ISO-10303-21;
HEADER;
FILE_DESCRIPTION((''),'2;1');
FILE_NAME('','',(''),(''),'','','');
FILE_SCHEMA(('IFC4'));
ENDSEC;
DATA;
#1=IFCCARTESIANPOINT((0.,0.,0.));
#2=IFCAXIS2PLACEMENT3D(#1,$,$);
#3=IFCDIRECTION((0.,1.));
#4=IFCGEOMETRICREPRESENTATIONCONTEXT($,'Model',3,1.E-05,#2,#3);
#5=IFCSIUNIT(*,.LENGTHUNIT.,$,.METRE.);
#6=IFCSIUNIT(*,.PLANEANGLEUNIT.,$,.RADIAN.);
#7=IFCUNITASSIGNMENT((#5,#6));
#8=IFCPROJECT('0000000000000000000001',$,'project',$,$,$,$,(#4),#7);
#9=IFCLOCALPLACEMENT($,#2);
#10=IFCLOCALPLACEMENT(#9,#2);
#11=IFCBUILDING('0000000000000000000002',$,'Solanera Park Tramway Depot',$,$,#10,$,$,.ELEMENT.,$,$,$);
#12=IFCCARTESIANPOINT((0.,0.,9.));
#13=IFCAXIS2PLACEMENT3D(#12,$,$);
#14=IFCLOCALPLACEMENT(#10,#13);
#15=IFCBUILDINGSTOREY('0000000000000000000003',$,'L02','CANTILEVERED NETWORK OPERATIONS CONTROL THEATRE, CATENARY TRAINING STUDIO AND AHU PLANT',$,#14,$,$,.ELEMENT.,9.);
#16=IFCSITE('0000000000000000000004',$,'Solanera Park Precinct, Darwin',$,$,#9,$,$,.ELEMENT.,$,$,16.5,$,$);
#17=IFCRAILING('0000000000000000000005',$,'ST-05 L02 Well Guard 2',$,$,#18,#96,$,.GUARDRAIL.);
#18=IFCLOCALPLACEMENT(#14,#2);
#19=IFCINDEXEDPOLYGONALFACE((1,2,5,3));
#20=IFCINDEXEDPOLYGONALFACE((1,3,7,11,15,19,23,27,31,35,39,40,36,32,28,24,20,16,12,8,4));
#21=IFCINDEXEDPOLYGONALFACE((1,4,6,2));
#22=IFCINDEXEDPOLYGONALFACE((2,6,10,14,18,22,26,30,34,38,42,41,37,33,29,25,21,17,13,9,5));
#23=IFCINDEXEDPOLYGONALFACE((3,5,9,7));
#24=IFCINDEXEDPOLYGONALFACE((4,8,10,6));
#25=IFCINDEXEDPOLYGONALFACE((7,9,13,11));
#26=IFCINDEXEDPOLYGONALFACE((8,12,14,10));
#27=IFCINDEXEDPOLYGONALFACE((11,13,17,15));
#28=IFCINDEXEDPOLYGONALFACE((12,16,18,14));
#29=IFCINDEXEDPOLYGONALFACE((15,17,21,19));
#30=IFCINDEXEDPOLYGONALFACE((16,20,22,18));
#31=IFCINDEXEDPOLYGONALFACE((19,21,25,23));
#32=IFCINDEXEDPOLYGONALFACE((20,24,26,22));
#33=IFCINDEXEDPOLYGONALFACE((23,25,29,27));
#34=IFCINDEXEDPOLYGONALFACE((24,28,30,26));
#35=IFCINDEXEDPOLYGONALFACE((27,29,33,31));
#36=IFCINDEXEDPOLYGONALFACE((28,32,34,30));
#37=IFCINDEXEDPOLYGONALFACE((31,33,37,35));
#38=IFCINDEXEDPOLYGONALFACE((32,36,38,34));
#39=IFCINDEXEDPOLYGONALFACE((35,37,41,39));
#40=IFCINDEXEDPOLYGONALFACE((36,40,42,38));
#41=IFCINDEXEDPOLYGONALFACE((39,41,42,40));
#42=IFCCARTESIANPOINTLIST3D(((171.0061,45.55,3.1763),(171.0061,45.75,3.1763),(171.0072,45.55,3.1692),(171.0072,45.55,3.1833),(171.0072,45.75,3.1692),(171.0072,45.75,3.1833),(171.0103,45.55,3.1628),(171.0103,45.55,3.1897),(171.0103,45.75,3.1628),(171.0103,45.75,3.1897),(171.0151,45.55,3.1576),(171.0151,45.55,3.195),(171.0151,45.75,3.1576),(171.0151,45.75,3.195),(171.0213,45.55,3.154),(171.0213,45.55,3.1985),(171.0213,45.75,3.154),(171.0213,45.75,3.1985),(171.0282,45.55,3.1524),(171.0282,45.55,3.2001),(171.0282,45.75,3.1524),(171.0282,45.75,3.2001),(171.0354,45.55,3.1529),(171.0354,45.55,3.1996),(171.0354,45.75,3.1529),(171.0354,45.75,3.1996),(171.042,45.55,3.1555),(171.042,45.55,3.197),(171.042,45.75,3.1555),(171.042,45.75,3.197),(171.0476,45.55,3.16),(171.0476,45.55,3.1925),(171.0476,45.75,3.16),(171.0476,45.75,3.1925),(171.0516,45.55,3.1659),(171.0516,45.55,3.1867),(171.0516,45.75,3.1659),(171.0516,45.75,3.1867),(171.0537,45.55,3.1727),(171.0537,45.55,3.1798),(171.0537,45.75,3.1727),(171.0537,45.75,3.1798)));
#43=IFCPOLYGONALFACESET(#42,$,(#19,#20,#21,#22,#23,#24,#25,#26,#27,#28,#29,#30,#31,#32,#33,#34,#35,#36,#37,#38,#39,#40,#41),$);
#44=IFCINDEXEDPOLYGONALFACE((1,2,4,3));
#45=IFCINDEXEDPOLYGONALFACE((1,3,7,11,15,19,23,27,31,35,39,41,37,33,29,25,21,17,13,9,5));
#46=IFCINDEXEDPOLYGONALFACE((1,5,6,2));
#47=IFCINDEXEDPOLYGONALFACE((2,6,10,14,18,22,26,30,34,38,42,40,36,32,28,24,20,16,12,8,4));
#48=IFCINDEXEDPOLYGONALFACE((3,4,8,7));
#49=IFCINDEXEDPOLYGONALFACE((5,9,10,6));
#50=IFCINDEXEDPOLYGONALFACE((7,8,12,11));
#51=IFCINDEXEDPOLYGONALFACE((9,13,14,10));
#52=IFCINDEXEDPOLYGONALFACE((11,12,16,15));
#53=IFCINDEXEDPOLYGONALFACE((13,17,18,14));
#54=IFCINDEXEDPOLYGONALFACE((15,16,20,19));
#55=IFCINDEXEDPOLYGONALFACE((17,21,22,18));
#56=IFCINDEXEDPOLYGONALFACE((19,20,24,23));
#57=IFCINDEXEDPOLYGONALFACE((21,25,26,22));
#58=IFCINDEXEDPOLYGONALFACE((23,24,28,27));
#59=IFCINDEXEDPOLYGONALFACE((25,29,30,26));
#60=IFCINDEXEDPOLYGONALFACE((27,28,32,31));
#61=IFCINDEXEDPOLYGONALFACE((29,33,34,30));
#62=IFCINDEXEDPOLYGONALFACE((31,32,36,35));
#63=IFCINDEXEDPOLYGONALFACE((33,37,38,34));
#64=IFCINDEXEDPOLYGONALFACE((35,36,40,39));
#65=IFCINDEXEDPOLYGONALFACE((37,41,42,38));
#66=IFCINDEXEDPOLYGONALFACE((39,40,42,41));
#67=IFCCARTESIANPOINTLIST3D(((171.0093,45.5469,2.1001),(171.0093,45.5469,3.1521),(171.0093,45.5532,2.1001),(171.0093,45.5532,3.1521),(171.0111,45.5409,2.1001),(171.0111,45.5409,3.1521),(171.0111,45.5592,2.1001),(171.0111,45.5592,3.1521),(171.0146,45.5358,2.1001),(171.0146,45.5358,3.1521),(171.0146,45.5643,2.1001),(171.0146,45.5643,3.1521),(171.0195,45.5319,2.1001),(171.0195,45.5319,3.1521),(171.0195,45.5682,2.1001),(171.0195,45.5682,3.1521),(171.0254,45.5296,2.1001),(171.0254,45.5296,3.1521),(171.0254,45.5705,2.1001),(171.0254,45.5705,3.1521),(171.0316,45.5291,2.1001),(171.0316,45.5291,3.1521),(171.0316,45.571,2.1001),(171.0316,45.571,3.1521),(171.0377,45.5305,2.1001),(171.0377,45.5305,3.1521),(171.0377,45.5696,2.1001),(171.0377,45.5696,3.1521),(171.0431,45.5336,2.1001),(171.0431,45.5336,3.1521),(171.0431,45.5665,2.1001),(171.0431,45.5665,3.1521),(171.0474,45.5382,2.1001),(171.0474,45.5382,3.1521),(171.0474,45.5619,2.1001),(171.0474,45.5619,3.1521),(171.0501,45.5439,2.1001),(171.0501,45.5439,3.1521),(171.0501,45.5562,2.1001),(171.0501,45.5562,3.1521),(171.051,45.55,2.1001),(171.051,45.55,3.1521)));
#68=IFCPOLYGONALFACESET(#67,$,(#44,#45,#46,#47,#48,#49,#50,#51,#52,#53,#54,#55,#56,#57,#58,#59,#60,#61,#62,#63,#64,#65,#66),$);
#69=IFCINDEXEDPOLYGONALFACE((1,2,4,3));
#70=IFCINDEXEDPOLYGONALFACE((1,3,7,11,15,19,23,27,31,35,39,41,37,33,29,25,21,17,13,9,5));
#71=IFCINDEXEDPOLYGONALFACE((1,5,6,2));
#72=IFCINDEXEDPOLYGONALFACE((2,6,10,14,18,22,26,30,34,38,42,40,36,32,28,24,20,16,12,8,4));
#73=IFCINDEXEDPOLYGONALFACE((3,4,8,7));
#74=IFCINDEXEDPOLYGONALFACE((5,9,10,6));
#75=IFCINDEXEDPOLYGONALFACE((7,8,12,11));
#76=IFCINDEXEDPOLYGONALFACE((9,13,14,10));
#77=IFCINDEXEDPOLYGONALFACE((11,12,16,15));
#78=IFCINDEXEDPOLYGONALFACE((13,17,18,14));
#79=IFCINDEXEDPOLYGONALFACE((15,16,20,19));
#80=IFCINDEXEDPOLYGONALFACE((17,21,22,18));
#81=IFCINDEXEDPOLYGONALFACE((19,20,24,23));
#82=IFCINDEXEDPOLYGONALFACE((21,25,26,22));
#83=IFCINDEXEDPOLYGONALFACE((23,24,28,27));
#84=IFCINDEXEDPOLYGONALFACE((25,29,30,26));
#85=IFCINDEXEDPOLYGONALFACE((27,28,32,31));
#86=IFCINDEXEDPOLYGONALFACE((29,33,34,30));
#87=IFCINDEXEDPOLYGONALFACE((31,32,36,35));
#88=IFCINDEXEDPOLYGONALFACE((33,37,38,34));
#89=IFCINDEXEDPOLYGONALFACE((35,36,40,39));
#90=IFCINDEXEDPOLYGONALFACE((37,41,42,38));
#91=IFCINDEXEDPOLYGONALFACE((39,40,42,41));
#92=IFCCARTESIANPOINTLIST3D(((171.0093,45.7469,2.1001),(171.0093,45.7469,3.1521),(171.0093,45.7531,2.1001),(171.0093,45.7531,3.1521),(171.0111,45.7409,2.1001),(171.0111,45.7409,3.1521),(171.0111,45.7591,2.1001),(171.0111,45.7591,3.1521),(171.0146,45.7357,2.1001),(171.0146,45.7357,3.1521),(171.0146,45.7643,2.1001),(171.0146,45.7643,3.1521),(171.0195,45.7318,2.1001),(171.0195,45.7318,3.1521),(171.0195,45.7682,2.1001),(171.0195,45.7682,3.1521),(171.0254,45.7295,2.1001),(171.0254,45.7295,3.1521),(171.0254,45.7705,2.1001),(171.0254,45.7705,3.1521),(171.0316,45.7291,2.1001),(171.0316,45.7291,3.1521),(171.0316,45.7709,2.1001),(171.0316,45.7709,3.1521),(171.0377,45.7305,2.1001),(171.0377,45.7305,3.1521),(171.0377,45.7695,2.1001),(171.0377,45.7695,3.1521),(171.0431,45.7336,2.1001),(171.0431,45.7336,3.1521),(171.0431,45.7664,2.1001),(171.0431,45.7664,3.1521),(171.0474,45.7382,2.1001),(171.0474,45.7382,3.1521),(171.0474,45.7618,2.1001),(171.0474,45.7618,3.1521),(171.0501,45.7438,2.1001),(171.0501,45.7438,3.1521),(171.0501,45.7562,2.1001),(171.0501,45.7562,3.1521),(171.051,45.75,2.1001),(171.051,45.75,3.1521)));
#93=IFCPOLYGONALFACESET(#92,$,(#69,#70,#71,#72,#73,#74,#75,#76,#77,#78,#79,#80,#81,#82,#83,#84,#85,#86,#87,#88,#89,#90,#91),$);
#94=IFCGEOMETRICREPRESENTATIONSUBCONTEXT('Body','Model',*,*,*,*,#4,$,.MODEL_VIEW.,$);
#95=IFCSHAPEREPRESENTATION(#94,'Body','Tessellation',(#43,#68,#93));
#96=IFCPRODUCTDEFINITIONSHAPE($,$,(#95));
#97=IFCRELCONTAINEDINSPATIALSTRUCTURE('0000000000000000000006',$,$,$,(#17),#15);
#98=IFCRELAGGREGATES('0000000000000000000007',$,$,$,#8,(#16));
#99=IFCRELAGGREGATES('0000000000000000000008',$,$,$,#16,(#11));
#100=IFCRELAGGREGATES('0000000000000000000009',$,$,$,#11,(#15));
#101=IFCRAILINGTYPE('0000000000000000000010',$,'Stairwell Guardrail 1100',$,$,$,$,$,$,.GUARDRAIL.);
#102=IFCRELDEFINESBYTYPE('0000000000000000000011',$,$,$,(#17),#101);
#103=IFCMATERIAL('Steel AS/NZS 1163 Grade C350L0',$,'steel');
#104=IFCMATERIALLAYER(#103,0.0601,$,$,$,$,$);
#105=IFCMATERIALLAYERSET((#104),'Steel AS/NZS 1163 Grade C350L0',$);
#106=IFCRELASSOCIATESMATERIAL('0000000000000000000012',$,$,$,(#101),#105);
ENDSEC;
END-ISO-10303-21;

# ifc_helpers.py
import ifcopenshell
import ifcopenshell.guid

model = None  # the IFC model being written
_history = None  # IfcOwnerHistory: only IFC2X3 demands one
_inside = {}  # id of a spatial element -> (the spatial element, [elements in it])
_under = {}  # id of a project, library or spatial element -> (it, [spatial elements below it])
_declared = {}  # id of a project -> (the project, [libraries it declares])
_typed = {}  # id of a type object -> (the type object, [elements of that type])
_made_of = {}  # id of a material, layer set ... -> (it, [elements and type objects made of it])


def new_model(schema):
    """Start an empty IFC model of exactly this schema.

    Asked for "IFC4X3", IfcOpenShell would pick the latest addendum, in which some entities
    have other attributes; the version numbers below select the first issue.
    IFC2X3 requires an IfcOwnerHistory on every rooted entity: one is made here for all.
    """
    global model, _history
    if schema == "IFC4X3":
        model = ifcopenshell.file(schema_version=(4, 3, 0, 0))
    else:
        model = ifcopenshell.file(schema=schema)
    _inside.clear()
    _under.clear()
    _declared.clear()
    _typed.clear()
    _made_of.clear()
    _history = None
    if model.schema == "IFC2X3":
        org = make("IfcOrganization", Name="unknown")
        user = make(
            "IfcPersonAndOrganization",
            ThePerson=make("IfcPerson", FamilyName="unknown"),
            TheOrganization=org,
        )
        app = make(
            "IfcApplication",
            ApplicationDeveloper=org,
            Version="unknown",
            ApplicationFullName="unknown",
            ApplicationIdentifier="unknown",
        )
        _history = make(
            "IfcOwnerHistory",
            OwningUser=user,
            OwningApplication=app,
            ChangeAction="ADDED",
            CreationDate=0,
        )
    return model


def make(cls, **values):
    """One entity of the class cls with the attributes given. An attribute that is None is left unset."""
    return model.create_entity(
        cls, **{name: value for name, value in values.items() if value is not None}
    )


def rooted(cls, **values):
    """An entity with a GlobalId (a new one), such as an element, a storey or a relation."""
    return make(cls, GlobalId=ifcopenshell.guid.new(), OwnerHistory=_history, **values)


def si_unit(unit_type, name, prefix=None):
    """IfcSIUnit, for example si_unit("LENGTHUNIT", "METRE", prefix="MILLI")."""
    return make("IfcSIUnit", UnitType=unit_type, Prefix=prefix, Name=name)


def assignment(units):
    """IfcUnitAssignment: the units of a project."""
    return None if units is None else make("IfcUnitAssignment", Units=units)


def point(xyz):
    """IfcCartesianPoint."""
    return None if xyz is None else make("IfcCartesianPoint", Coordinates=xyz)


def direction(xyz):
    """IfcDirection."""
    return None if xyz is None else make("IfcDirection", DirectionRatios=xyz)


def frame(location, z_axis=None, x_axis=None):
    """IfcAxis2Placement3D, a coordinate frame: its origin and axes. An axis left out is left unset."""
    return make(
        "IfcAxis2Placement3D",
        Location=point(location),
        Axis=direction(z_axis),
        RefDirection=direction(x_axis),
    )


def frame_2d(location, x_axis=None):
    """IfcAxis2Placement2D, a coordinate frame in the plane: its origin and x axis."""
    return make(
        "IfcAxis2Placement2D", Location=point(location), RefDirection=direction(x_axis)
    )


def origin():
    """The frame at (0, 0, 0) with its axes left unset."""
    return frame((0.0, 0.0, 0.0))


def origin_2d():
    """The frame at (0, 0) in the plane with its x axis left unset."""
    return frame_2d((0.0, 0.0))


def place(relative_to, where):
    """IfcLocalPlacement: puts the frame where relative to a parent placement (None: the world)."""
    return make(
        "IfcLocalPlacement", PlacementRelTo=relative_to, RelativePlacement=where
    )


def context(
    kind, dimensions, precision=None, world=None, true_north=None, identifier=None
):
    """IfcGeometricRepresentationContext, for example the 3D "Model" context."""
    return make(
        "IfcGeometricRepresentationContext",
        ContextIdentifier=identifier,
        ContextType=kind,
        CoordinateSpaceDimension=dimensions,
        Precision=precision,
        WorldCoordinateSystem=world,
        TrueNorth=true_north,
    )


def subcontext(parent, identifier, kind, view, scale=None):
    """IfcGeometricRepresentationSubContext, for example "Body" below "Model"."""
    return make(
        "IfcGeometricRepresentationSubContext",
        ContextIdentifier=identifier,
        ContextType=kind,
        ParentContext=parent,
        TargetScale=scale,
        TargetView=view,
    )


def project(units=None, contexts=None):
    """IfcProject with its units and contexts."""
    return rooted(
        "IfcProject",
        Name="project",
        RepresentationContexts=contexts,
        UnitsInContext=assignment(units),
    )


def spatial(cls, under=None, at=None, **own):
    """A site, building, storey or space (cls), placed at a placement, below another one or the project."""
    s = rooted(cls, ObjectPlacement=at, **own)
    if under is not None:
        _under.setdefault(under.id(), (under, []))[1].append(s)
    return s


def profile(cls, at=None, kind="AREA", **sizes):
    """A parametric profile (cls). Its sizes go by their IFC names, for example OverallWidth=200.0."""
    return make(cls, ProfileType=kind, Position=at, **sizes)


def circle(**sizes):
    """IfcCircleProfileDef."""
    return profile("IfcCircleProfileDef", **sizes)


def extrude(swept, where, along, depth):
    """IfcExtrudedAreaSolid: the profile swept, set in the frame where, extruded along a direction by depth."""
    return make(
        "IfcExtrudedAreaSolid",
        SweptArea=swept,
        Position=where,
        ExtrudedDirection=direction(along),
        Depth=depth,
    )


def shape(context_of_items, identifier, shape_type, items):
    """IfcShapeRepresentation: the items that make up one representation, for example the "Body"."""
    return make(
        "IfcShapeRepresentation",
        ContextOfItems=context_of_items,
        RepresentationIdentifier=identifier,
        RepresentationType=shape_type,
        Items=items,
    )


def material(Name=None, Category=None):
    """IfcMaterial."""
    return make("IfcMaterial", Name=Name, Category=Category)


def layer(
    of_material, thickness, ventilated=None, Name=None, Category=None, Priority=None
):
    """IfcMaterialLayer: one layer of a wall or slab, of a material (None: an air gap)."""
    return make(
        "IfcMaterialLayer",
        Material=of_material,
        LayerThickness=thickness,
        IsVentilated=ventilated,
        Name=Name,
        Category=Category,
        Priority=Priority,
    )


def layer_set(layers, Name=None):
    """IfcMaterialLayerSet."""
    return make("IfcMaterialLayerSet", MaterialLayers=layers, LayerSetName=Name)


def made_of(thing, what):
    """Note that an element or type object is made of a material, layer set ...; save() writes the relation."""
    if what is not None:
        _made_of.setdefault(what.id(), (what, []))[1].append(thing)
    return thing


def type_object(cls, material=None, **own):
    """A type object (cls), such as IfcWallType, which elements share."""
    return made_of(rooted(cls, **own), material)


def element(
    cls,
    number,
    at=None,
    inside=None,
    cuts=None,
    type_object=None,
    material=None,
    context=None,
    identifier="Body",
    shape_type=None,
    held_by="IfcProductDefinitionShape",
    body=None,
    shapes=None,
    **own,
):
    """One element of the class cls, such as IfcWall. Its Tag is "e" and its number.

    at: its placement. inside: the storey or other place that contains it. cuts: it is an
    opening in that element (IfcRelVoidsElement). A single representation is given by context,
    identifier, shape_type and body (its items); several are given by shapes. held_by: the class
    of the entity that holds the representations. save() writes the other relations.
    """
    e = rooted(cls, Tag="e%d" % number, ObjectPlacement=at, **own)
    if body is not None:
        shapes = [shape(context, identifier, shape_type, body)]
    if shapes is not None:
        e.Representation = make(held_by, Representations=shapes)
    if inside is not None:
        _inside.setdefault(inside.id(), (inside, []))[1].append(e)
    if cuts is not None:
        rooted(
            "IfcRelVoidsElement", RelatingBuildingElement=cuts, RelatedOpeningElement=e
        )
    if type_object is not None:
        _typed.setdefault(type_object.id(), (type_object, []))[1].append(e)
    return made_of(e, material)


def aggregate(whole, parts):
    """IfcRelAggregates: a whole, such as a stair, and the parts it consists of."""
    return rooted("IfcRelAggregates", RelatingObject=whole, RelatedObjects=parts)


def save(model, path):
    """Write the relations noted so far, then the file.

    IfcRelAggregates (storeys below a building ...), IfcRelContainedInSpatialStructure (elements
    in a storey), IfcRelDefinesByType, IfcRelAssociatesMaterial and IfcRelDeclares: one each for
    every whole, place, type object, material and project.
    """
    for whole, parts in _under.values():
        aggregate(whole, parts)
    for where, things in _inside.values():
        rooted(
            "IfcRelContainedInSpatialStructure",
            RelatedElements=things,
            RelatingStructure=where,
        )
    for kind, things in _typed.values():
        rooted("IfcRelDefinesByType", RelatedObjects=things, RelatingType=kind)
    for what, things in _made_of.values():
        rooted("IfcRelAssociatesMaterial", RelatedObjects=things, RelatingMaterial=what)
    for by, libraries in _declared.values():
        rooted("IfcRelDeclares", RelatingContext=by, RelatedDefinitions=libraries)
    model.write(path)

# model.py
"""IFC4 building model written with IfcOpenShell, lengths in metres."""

from ifc_helpers import new_model, si_unit, direction, frame, origin, origin_2d, place, context, subcontext, project, spatial, circle, extrude, material, layer, layer_set, type_object, element, save


model = new_model("IFC4")

# Units and contexts
model_context = context("Model", 3, precision=1e-05, world=origin(), true_north=direction((0.0, 1.0)))
body_context = subcontext(model_context, "Body", "Model", "MODEL_VIEW")
ifc_project = project(units=[si_unit("LENGTHUNIT", "METRE"), si_unit("PLANEANGLEUNIT", "RADIAN")], contexts=[model_context])

# Site, building, storey
site_placement = place(None, origin())
site = spatial("IfcSite", under=ifc_project, at=site_placement, Name="Solanera Park Precinct, Darwin", CompositionType="ELEMENT", RefElevation=16.5)
building_placement = place(site_placement, origin())
building = spatial("IfcBuilding", under=site, at=building_placement, Name="Solanera Park Tramway Depot", CompositionType="ELEMENT")
storey_placement = place(building_placement, frame((0.0, 0.0, 9.0)))
storey = spatial("IfcBuildingStorey", under=building, at=storey_placement, Name="L02", Description="CANTILEVERED NETWORK OPERATIONS CONTROL THEATRE, CATENARY TRAINING STUDIO AND AHU PLANT", CompositionType="ELEMENT", Elevation=9.0)

# Railing
ifc_material_1 = material(Name="Steel AS/NZS 1163 Grade C350L0", Category="steel")
ifc_layer_1 = layer(ifc_material_1, 0.0601)
ifc_layer_set_1 = layer_set([ifc_layer_1], Name="Steel AS/NZS 1163 Grade C350L0")
railing_type_1 = type_object("IfcRailingType", Name="Stairwell Guardrail 1100", PredefinedType="GUARDRAIL", material=ifc_layer_set_1)
railing_1_placement = place(storey_placement, frame((171.03, 45.55, 2.1001)))
element("IfcRailing", 1, at=railing_1_placement, inside=storey, type_object=railing_type_1, Name="ST-05 L02 Well Guard 2", PredefinedType="GUARDRAIL", context=body_context, shape_type="SweptSolid", body=[
    extrude(circle(Radius=0.0239, at=origin_2d()), frame((0.0, 0.0, 1.0762), z_axis=(0.0, 1.0, 0.0), x_axis=(-1.0, 0.0, 0.0)), (0.0, 0.0, 1.0), 0.2),
    extrude(circle(Radius=0.021, at=origin_2d()), origin(), (0.0, 0.0, 1.0), 1.052),
    extrude(circle(Radius=0.021, at=origin_2d()), frame((0.0, 0.2, 0.0)), (0.0, 0.0, 1.0), 1.052),
])

save(model, "model.ifc")
